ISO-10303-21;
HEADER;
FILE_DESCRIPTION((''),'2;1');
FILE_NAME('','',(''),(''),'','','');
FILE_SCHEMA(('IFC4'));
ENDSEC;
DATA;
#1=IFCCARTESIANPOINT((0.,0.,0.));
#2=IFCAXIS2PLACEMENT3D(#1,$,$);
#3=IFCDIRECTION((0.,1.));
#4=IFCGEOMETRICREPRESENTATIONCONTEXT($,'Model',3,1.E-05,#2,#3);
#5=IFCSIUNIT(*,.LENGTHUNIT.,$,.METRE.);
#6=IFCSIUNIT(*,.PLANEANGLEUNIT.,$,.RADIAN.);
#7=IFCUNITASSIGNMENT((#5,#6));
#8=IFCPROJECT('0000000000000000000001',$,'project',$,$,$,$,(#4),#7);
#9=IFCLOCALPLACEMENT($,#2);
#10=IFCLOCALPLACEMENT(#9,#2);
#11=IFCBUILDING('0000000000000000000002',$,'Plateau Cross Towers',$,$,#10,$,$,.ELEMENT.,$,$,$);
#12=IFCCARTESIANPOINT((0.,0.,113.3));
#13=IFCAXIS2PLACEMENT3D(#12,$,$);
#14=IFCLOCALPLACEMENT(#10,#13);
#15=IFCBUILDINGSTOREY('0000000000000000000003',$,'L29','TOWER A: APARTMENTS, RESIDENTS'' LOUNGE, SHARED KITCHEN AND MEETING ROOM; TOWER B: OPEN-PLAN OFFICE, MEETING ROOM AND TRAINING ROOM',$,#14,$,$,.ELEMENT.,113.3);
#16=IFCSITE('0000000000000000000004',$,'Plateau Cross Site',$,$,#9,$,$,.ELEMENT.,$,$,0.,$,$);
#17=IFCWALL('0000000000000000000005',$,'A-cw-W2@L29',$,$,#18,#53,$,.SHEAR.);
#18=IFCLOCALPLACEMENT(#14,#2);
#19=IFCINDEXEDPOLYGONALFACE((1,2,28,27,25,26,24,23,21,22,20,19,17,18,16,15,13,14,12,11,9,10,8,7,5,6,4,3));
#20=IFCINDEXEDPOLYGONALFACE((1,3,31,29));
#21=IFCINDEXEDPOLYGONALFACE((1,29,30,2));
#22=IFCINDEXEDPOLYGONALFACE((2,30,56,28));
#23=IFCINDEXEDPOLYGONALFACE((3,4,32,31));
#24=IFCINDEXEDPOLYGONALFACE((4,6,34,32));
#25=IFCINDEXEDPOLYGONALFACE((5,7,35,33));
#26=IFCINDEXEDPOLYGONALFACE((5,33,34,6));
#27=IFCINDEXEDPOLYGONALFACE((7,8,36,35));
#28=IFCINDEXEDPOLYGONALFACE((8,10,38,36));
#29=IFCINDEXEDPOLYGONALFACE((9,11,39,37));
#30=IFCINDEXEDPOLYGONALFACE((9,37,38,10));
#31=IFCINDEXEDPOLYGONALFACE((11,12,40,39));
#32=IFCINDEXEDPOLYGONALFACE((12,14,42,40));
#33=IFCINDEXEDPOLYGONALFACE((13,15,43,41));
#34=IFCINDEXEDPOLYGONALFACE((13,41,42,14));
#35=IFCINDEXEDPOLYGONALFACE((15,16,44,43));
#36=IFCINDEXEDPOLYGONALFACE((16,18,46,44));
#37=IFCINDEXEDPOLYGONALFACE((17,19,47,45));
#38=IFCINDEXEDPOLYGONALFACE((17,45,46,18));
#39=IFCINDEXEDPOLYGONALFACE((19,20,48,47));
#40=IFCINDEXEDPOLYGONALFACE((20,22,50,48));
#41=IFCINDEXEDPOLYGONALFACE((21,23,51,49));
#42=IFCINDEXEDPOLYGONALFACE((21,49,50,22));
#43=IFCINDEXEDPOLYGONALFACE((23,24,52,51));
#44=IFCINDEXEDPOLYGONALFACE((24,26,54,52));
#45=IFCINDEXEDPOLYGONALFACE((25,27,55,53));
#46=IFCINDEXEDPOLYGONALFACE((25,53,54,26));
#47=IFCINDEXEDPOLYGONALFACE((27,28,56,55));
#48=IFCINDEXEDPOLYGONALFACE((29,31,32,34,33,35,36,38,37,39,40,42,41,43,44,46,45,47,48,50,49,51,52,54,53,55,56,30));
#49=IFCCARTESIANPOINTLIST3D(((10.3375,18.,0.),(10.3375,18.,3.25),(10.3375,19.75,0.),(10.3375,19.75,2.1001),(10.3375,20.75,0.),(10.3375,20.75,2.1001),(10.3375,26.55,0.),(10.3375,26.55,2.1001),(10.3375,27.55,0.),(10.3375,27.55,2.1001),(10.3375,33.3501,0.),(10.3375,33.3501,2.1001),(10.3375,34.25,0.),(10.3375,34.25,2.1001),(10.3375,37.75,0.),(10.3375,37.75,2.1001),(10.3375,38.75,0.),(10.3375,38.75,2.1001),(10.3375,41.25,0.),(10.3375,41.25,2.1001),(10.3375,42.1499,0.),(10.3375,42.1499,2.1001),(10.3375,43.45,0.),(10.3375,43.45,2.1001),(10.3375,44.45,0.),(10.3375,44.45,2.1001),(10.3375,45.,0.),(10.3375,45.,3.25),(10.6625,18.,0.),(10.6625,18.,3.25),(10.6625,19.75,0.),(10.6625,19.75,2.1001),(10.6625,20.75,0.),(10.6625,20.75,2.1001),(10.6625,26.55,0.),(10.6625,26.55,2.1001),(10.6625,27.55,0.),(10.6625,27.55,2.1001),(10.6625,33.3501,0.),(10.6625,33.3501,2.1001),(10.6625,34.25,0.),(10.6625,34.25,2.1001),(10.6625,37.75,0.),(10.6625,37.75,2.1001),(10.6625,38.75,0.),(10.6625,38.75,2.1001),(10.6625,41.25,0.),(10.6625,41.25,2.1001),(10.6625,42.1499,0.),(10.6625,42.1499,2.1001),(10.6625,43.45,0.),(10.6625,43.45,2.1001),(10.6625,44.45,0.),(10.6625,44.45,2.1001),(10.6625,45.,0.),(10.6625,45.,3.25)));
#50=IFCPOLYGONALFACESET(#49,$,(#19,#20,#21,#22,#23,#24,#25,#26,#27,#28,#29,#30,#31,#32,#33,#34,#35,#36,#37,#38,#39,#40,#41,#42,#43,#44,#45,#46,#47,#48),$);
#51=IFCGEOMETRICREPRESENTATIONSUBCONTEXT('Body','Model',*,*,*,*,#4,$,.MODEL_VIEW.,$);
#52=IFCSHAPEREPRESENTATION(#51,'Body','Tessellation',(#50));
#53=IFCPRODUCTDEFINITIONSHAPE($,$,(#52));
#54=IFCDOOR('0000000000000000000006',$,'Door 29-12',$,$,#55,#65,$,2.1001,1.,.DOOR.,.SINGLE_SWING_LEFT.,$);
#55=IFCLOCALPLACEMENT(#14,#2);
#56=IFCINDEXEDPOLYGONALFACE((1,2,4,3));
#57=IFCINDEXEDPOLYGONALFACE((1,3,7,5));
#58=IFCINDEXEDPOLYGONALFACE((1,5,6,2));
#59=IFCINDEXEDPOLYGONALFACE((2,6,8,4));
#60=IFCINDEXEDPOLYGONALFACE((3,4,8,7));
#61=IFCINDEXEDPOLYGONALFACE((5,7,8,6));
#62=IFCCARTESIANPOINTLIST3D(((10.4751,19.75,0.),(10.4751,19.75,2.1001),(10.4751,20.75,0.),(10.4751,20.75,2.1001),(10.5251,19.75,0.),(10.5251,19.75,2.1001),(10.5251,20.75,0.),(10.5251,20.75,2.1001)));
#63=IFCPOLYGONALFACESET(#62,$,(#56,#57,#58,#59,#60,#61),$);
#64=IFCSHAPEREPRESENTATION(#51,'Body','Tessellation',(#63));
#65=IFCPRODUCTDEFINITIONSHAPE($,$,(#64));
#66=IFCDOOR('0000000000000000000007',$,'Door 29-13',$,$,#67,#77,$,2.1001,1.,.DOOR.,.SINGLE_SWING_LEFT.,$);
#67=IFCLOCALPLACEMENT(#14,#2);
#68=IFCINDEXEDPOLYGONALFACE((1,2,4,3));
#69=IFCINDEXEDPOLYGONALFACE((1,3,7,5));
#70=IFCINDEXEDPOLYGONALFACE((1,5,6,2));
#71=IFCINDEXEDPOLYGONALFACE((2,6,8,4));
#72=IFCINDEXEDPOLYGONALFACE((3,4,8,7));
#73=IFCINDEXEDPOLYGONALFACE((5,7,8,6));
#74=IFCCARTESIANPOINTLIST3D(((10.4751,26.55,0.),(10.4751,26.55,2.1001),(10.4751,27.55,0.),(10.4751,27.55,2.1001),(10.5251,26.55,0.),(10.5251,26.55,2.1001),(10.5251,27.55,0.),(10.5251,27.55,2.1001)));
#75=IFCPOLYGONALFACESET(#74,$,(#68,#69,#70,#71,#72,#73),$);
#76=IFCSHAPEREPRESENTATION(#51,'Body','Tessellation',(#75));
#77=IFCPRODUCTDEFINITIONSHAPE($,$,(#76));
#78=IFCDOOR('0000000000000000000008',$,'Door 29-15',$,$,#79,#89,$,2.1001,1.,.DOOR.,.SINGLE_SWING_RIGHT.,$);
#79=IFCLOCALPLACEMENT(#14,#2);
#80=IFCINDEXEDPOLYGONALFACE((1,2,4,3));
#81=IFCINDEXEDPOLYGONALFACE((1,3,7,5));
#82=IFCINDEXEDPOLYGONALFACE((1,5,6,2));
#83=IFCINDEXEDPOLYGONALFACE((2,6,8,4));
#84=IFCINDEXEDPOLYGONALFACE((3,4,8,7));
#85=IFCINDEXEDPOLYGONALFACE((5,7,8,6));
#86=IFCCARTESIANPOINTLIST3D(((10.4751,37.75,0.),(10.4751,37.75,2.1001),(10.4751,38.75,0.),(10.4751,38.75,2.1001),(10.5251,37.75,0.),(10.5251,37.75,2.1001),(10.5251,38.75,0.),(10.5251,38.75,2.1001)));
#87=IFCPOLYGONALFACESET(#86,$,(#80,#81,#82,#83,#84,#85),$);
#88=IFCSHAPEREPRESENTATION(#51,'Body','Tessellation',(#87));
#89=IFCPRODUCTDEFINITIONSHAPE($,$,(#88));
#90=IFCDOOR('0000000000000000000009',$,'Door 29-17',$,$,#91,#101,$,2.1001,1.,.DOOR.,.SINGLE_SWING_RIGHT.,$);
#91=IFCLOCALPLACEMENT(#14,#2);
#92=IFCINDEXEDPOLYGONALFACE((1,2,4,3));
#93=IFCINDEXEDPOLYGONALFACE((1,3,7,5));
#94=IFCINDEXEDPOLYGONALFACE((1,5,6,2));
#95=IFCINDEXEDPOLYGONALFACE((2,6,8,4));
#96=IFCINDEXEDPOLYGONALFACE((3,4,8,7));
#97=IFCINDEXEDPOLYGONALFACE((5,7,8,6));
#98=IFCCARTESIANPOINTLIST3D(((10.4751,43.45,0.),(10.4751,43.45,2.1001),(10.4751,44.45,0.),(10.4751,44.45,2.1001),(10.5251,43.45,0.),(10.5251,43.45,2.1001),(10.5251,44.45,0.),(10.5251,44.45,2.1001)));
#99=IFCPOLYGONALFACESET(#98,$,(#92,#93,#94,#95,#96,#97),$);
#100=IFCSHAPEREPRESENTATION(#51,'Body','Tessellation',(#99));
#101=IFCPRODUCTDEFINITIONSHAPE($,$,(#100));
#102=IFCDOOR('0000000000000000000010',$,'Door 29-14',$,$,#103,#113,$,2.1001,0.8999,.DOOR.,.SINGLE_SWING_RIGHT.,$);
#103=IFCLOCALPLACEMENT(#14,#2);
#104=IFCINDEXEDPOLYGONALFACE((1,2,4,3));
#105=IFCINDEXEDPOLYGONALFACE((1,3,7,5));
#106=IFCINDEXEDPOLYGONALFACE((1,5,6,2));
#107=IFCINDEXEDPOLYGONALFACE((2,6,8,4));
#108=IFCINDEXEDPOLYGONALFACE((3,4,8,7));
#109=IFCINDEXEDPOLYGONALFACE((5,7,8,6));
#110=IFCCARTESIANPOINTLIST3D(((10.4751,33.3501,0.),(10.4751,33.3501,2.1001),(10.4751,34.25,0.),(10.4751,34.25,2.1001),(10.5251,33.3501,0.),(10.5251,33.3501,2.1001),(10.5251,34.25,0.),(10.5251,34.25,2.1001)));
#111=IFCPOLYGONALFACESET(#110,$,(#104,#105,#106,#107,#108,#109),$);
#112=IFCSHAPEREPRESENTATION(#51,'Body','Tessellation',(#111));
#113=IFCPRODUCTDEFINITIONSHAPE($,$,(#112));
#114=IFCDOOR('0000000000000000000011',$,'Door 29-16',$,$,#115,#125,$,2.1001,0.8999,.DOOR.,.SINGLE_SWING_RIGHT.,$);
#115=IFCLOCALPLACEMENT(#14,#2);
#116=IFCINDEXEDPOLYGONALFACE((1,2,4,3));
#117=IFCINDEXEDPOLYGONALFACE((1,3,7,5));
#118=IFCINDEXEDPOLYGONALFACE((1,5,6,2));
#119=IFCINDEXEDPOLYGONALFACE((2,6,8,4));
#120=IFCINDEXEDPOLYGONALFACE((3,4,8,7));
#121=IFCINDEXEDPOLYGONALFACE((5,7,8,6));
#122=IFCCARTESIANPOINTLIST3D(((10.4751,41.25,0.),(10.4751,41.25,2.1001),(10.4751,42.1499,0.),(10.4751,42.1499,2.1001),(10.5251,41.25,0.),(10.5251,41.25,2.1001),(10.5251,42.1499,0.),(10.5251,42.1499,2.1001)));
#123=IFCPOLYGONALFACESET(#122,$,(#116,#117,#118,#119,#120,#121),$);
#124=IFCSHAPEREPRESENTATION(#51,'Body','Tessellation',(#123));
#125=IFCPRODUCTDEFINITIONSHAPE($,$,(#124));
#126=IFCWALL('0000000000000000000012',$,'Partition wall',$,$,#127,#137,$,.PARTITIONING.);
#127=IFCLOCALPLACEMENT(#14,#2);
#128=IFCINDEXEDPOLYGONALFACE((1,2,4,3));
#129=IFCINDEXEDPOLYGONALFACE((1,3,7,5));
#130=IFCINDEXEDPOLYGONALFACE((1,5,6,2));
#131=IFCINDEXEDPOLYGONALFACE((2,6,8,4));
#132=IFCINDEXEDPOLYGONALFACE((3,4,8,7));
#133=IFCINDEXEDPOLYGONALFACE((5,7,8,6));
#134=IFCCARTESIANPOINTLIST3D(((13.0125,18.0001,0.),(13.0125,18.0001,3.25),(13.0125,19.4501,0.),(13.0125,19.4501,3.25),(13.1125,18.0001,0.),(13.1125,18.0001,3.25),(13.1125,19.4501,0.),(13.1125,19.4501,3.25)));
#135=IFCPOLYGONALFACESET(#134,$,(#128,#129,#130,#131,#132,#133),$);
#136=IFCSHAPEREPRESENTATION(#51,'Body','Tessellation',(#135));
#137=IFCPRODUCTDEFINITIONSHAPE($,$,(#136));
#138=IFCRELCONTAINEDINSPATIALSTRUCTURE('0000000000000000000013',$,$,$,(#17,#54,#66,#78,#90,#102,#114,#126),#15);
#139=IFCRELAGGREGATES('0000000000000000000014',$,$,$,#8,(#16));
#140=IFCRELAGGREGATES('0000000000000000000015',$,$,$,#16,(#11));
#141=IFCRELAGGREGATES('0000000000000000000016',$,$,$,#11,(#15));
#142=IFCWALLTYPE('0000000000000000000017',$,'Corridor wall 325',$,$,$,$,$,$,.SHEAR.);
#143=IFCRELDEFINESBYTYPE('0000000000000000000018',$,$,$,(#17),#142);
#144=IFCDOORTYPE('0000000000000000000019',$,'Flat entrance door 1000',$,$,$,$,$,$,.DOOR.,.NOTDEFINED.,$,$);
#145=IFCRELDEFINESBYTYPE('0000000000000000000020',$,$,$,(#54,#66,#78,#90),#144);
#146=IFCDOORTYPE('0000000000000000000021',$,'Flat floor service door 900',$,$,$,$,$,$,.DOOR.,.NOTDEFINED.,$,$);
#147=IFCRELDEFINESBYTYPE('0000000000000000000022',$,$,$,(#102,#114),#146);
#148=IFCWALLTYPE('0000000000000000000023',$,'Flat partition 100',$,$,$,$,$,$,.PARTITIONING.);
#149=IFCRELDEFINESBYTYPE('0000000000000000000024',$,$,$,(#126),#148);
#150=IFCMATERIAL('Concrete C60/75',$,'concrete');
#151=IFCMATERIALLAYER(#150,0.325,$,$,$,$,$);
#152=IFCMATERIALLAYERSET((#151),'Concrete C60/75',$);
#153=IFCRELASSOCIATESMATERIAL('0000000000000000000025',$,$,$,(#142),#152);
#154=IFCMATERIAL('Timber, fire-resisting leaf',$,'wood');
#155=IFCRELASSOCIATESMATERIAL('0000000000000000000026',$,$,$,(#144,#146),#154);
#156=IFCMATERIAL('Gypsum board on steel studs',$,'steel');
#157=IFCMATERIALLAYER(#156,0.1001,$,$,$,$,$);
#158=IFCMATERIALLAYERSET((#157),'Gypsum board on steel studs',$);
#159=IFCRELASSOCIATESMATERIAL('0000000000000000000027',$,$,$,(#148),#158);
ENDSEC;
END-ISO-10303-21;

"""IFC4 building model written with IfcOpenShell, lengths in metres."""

from ifc_helpers import new_model, si_unit, direction, frame, frame_2d, origin, place, context, subcontext, project, spatial, rectangle, extrude, material, layer, layer_set, type_object, element, fill, save


model = new_model("IFC4")

# Units and contexts
model_context = context("Model", 3, precision=1e-05, world=origin(), true_north=direction((0.0, 1.0)))
body_context = subcontext(model_context, "Body", "Model", "MODEL_VIEW")
ifc_project = project(units=[si_unit("LENGTHUNIT", "METRE"), si_unit("PLANEANGLEUNIT", "RADIAN")], contexts=[model_context])

# Site, building, storey
site_placement = place(None, origin())
site = spatial("IfcSite", under=ifc_project, at=site_placement, Name="Plateau Cross Site", CompositionType="ELEMENT", RefElevation=0.0)
building_placement = place(site_placement, origin())
building = spatial("IfcBuilding", under=site, at=building_placement, Name="Plateau Cross Towers", CompositionType="ELEMENT")
storey_placement = place(building_placement, frame((0.0, 0.0, 113.3)))
storey = spatial("IfcBuildingStorey", under=building, at=storey_placement, Name="L29", Description="TOWER A: APARTMENTS, RESIDENTS' LOUNGE, SHARED KITCHEN AND MEETING ROOM; TOWER B: OPEN-PLAN OFFICE, MEETING ROOM AND TRAINING ROOM", CompositionType="ELEMENT", Elevation=113.3)

# Shared definitions
ifc_material_1 = material(Name="Timber, fire-resisting leaf", Category="wood")

# Shared definitions
ifc_material_2 = material(Name="Concrete C60/75", Category="concrete")

# Wall, openings, doors
ifc_layer_1 = layer(ifc_material_2, 0.325)
ifc_layer_set_1 = layer_set([ifc_layer_1], Name="Concrete C60/75")
wall_type_1 = type_object("IfcWallType", Name="Corridor wall 325", PredefinedType="SHEAR", material=ifc_layer_set_1)
door_type_1 = type_object("IfcDoorType", Name="Flat entrance door 1000", OperationType="NOTDEFINED", PredefinedType="DOOR", material=ifc_material_1)
door_type_2 = type_object("IfcDoorType", Name="Flat floor service door 900", OperationType="NOTDEFINED", PredefinedType="DOOR", material=ifc_material_1)
wall_1_placement = place(storey_placement, frame((10.5, 18.0, 0.0), z_axis=(0.0, 0.0, 1.0), x_axis=(0.0, 1.0, 0.0)))
wall_1 = element("IfcWall", 1, at=wall_1_placement, inside=storey, type_object=wall_type_1, Name="A-cw-W2@L29", PredefinedType="SHEAR", context=body_context, shape_type="SweptSolid", body=[
    extrude(rectangle(XDim=27.0, YDim=0.325, at=frame_2d((13.5, 0.0))), origin(), (0.0, 0.0, 1.0), 3.25),
])
opening_1_placement = place(wall_1_placement, frame((1.75, 0.0, 0.0)))
opening_1 = element("IfcOpeningElement", 2, at=opening_1_placement, cuts=wall_1, PredefinedType="OPENING", context=body_context, shape_type="SweptSolid", body=[
    extrude(rectangle(XDim=1.0, YDim=2.1001, at=frame_2d((0.5, 1.05))), frame((0.0, 0.1724, 0.0), z_axis=(0.0, -1.0, 0.0), x_axis=(1.0, 0.0, 0.0)), (0.0, 0.0, 1.0), 0.345),
])
opening_2_placement = place(wall_1_placement, frame((8.55, 0.0, 0.0)))
opening_2 = element("IfcOpeningElement", 3, at=opening_2_placement, cuts=wall_1, PredefinedType="OPENING", context=body_context, shape_type="SweptSolid", body=[
    extrude(rectangle(XDim=1.0, YDim=2.1001, at=frame_2d((0.5, 1.05))), frame((0.0, 0.1724, 0.0), z_axis=(0.0, -1.0, 0.0), x_axis=(1.0, 0.0, 0.0)), (0.0, 0.0, 1.0), 0.345),
])
opening_3_placement = place(wall_1_placement, frame((15.3501, 0.0, 0.0)))
opening_3 = element("IfcOpeningElement", 4, at=opening_3_placement, cuts=wall_1, PredefinedType="OPENING", context=body_context, shape_type="SweptSolid", body=[
    extrude(rectangle(XDim=0.8999, YDim=2.1001, at=frame_2d((0.45, 1.05))), frame((0.0, 0.1724, 0.0), z_axis=(0.0, -1.0, 0.0), x_axis=(1.0, 0.0, 0.0)), (0.0, 0.0, 1.0), 0.345),
])
opening_4_placement = place(wall_1_placement, frame((19.75, 0.0, 0.0)))
opening_4 = element("IfcOpeningElement", 5, at=opening_4_placement, cuts=wall_1, PredefinedType="OPENING", context=body_context, shape_type="SweptSolid", body=[
    extrude(rectangle(XDim=1.0, YDim=2.1001, at=frame_2d((0.5, 1.05))), frame((0.0, 0.1724, 0.0), z_axis=(0.0, -1.0, 0.0), x_axis=(1.0, 0.0, 0.0)), (0.0, 0.0, 1.0), 0.345),
])
opening_5_placement = place(wall_1_placement, frame((23.25, 0.0, 0.0)))
opening_5 = element("IfcOpeningElement", 6, at=opening_5_placement, cuts=wall_1, PredefinedType="OPENING", context=body_context, shape_type="SweptSolid", body=[
    extrude(rectangle(XDim=0.8999, YDim=2.1001, at=frame_2d((0.45, 1.05))), frame((0.0, 0.1724, 0.0), z_axis=(0.0, -1.0, 0.0), x_axis=(1.0, 0.0, 0.0)), (0.0, 0.0, 1.0), 0.345),
])
opening_6_placement = place(wall_1_placement, frame((25.45, 0.0, 0.0)))
opening_6 = element("IfcOpeningElement", 7, at=opening_6_placement, cuts=wall_1, PredefinedType="OPENING", context=body_context, shape_type="SweptSolid", body=[
    extrude(rectangle(XDim=1.0, YDim=2.1001, at=frame_2d((0.5, 1.05))), frame((0.0, 0.1724, 0.0), z_axis=(0.0, -1.0, 0.0), x_axis=(1.0, 0.0, 0.0)), (0.0, 0.0, 1.0), 0.345),
])
door_1_placement = place(opening_1_placement, origin())
door_1 = element("IfcDoor", 8, at=door_1_placement, inside=storey, type_object=door_type_1, Name="Door 29-12", OperationType="SINGLE_SWING_LEFT", OverallHeight=2.1001, OverallWidth=1.0, PredefinedType="DOOR", context=body_context, shape_type="SweptSolid", body=[
    extrude(rectangle(XDim=1.0, YDim=2.1001, at=frame_2d((0.5, 1.05))), frame((0.0, 0.0249, 0.0), z_axis=(0.0, -1.0, 0.0), x_axis=(1.0, 0.0, 0.0)), (0.0, 0.0, 1.0), 0.05),
])
fill(opening_1, door_1)
door_2_placement = place(opening_2_placement, origin())
door_2 = element("IfcDoor", 9, at=door_2_placement, inside=storey, type_object=door_type_1, Name="Door 29-13", OperationType="SINGLE_SWING_LEFT", OverallHeight=2.1001, OverallWidth=1.0, PredefinedType="DOOR", context=body_context, shape_type="SweptSolid", body=[
    extrude(rectangle(XDim=1.0, YDim=2.1001, at=frame_2d((0.5, 1.05))), frame((0.0, 0.0249, 0.0), z_axis=(0.0, -1.0, 0.0), x_axis=(1.0, 0.0, 0.0)), (0.0, 0.0, 1.0), 0.05),
])
fill(opening_2, door_2)
door_3_placement = place(opening_4_placement, origin())
door_3 = element("IfcDoor", 10, at=door_3_placement, inside=storey, type_object=door_type_1, Name="Door 29-15", OperationType="SINGLE_SWING_RIGHT", OverallHeight=2.1001, OverallWidth=1.0, PredefinedType="DOOR", context=body_context, shape_type="SweptSolid", body=[
    extrude(rectangle(XDim=1.0, YDim=2.1001, at=frame_2d((0.5, 1.05))), frame((0.0, 0.0249, 0.0), z_axis=(0.0, -1.0, 0.0), x_axis=(1.0, 0.0, 0.0)), (0.0, 0.0, 1.0), 0.05),
])
fill(opening_4, door_3)
door_4_placement = place(opening_6_placement, origin())
door_4 = element("IfcDoor", 11, at=door_4_placement, inside=storey, type_object=door_type_1, Name="Door 29-17", OperationType="SINGLE_SWING_RIGHT", OverallHeight=2.1001, OverallWidth=1.0, PredefinedType="DOOR", context=body_context, shape_type="SweptSolid", body=[
    extrude(rectangle(XDim=1.0, YDim=2.1001, at=frame_2d((0.5, 1.05))), frame((0.0, 0.0249, 0.0), z_axis=(0.0, -1.0, 0.0), x_axis=(1.0, 0.0, 0.0)), (0.0, 0.0, 1.0), 0.05),
])
fill(opening_6, door_4)
door_5_placement = place(opening_3_placement, origin())
door_5 = element("IfcDoor", 12, at=door_5_placement, inside=storey, type_object=door_type_2, Name="Door 29-14", OperationType="SINGLE_SWING_RIGHT", OverallHeight=2.1001, OverallWidth=0.8999, PredefinedType="DOOR", context=body_context, shape_type="SweptSolid", body=[
    extrude(rectangle(XDim=0.8999, YDim=2.1001, at=frame_2d((0.45, 1.05))), frame((0.0, 0.0249, 0.0), z_axis=(0.0, -1.0, 0.0), x_axis=(1.0, 0.0, 0.0)), (0.0, 0.0, 1.0), 0.05),
])
fill(opening_3, door_5)
door_6_placement = place(opening_5_placement, origin())
door_6 = element("IfcDoor", 13, at=door_6_placement, inside=storey, type_object=door_type_2, Name="Door 29-16", OperationType="SINGLE_SWING_RIGHT", OverallHeight=2.1001, OverallWidth=0.8999, PredefinedType="DOOR", context=body_context, shape_type="SweptSolid", body=[
    extrude(rectangle(XDim=0.8999, YDim=2.1001, at=frame_2d((0.45, 1.05))), frame((0.0, 0.0249, 0.0), z_axis=(0.0, -1.0, 0.0), x_axis=(1.0, 0.0, 0.0)), (0.0, 0.0, 1.0), 0.05),
])
fill(opening_5, door_6)

# Wall
ifc_material_3 = material(Name="Gypsum board on steel studs", Category="steel")
ifc_layer_2 = layer(ifc_material_3, 0.1001)
ifc_layer_set_2 = layer_set([ifc_layer_2], Name="Gypsum board on steel studs")
wall_type_2 = type_object("IfcWallType", Name="Flat partition 100", PredefinedType="PARTITIONING", material=ifc_layer_set_2)
wall_2_placement = place(storey_placement, frame((13.0625, 18.0, 0.0), z_axis=(0.0, 0.0, 1.0), x_axis=(0.0, 1.0, 0.0)))
element("IfcWall", 14, at=wall_2_placement, inside=storey, type_object=wall_type_2, Name="Partition wall", PredefinedType="PARTITIONING", context=body_context, shape_type="SweptSolid", body=[
    extrude(rectangle(XDim=1.45, YDim=0.1001, at=frame_2d((0.7251, 0.0))), origin(), (0.0, 0.0, 1.0), 3.25),
])

save(model, "model.ifc")
